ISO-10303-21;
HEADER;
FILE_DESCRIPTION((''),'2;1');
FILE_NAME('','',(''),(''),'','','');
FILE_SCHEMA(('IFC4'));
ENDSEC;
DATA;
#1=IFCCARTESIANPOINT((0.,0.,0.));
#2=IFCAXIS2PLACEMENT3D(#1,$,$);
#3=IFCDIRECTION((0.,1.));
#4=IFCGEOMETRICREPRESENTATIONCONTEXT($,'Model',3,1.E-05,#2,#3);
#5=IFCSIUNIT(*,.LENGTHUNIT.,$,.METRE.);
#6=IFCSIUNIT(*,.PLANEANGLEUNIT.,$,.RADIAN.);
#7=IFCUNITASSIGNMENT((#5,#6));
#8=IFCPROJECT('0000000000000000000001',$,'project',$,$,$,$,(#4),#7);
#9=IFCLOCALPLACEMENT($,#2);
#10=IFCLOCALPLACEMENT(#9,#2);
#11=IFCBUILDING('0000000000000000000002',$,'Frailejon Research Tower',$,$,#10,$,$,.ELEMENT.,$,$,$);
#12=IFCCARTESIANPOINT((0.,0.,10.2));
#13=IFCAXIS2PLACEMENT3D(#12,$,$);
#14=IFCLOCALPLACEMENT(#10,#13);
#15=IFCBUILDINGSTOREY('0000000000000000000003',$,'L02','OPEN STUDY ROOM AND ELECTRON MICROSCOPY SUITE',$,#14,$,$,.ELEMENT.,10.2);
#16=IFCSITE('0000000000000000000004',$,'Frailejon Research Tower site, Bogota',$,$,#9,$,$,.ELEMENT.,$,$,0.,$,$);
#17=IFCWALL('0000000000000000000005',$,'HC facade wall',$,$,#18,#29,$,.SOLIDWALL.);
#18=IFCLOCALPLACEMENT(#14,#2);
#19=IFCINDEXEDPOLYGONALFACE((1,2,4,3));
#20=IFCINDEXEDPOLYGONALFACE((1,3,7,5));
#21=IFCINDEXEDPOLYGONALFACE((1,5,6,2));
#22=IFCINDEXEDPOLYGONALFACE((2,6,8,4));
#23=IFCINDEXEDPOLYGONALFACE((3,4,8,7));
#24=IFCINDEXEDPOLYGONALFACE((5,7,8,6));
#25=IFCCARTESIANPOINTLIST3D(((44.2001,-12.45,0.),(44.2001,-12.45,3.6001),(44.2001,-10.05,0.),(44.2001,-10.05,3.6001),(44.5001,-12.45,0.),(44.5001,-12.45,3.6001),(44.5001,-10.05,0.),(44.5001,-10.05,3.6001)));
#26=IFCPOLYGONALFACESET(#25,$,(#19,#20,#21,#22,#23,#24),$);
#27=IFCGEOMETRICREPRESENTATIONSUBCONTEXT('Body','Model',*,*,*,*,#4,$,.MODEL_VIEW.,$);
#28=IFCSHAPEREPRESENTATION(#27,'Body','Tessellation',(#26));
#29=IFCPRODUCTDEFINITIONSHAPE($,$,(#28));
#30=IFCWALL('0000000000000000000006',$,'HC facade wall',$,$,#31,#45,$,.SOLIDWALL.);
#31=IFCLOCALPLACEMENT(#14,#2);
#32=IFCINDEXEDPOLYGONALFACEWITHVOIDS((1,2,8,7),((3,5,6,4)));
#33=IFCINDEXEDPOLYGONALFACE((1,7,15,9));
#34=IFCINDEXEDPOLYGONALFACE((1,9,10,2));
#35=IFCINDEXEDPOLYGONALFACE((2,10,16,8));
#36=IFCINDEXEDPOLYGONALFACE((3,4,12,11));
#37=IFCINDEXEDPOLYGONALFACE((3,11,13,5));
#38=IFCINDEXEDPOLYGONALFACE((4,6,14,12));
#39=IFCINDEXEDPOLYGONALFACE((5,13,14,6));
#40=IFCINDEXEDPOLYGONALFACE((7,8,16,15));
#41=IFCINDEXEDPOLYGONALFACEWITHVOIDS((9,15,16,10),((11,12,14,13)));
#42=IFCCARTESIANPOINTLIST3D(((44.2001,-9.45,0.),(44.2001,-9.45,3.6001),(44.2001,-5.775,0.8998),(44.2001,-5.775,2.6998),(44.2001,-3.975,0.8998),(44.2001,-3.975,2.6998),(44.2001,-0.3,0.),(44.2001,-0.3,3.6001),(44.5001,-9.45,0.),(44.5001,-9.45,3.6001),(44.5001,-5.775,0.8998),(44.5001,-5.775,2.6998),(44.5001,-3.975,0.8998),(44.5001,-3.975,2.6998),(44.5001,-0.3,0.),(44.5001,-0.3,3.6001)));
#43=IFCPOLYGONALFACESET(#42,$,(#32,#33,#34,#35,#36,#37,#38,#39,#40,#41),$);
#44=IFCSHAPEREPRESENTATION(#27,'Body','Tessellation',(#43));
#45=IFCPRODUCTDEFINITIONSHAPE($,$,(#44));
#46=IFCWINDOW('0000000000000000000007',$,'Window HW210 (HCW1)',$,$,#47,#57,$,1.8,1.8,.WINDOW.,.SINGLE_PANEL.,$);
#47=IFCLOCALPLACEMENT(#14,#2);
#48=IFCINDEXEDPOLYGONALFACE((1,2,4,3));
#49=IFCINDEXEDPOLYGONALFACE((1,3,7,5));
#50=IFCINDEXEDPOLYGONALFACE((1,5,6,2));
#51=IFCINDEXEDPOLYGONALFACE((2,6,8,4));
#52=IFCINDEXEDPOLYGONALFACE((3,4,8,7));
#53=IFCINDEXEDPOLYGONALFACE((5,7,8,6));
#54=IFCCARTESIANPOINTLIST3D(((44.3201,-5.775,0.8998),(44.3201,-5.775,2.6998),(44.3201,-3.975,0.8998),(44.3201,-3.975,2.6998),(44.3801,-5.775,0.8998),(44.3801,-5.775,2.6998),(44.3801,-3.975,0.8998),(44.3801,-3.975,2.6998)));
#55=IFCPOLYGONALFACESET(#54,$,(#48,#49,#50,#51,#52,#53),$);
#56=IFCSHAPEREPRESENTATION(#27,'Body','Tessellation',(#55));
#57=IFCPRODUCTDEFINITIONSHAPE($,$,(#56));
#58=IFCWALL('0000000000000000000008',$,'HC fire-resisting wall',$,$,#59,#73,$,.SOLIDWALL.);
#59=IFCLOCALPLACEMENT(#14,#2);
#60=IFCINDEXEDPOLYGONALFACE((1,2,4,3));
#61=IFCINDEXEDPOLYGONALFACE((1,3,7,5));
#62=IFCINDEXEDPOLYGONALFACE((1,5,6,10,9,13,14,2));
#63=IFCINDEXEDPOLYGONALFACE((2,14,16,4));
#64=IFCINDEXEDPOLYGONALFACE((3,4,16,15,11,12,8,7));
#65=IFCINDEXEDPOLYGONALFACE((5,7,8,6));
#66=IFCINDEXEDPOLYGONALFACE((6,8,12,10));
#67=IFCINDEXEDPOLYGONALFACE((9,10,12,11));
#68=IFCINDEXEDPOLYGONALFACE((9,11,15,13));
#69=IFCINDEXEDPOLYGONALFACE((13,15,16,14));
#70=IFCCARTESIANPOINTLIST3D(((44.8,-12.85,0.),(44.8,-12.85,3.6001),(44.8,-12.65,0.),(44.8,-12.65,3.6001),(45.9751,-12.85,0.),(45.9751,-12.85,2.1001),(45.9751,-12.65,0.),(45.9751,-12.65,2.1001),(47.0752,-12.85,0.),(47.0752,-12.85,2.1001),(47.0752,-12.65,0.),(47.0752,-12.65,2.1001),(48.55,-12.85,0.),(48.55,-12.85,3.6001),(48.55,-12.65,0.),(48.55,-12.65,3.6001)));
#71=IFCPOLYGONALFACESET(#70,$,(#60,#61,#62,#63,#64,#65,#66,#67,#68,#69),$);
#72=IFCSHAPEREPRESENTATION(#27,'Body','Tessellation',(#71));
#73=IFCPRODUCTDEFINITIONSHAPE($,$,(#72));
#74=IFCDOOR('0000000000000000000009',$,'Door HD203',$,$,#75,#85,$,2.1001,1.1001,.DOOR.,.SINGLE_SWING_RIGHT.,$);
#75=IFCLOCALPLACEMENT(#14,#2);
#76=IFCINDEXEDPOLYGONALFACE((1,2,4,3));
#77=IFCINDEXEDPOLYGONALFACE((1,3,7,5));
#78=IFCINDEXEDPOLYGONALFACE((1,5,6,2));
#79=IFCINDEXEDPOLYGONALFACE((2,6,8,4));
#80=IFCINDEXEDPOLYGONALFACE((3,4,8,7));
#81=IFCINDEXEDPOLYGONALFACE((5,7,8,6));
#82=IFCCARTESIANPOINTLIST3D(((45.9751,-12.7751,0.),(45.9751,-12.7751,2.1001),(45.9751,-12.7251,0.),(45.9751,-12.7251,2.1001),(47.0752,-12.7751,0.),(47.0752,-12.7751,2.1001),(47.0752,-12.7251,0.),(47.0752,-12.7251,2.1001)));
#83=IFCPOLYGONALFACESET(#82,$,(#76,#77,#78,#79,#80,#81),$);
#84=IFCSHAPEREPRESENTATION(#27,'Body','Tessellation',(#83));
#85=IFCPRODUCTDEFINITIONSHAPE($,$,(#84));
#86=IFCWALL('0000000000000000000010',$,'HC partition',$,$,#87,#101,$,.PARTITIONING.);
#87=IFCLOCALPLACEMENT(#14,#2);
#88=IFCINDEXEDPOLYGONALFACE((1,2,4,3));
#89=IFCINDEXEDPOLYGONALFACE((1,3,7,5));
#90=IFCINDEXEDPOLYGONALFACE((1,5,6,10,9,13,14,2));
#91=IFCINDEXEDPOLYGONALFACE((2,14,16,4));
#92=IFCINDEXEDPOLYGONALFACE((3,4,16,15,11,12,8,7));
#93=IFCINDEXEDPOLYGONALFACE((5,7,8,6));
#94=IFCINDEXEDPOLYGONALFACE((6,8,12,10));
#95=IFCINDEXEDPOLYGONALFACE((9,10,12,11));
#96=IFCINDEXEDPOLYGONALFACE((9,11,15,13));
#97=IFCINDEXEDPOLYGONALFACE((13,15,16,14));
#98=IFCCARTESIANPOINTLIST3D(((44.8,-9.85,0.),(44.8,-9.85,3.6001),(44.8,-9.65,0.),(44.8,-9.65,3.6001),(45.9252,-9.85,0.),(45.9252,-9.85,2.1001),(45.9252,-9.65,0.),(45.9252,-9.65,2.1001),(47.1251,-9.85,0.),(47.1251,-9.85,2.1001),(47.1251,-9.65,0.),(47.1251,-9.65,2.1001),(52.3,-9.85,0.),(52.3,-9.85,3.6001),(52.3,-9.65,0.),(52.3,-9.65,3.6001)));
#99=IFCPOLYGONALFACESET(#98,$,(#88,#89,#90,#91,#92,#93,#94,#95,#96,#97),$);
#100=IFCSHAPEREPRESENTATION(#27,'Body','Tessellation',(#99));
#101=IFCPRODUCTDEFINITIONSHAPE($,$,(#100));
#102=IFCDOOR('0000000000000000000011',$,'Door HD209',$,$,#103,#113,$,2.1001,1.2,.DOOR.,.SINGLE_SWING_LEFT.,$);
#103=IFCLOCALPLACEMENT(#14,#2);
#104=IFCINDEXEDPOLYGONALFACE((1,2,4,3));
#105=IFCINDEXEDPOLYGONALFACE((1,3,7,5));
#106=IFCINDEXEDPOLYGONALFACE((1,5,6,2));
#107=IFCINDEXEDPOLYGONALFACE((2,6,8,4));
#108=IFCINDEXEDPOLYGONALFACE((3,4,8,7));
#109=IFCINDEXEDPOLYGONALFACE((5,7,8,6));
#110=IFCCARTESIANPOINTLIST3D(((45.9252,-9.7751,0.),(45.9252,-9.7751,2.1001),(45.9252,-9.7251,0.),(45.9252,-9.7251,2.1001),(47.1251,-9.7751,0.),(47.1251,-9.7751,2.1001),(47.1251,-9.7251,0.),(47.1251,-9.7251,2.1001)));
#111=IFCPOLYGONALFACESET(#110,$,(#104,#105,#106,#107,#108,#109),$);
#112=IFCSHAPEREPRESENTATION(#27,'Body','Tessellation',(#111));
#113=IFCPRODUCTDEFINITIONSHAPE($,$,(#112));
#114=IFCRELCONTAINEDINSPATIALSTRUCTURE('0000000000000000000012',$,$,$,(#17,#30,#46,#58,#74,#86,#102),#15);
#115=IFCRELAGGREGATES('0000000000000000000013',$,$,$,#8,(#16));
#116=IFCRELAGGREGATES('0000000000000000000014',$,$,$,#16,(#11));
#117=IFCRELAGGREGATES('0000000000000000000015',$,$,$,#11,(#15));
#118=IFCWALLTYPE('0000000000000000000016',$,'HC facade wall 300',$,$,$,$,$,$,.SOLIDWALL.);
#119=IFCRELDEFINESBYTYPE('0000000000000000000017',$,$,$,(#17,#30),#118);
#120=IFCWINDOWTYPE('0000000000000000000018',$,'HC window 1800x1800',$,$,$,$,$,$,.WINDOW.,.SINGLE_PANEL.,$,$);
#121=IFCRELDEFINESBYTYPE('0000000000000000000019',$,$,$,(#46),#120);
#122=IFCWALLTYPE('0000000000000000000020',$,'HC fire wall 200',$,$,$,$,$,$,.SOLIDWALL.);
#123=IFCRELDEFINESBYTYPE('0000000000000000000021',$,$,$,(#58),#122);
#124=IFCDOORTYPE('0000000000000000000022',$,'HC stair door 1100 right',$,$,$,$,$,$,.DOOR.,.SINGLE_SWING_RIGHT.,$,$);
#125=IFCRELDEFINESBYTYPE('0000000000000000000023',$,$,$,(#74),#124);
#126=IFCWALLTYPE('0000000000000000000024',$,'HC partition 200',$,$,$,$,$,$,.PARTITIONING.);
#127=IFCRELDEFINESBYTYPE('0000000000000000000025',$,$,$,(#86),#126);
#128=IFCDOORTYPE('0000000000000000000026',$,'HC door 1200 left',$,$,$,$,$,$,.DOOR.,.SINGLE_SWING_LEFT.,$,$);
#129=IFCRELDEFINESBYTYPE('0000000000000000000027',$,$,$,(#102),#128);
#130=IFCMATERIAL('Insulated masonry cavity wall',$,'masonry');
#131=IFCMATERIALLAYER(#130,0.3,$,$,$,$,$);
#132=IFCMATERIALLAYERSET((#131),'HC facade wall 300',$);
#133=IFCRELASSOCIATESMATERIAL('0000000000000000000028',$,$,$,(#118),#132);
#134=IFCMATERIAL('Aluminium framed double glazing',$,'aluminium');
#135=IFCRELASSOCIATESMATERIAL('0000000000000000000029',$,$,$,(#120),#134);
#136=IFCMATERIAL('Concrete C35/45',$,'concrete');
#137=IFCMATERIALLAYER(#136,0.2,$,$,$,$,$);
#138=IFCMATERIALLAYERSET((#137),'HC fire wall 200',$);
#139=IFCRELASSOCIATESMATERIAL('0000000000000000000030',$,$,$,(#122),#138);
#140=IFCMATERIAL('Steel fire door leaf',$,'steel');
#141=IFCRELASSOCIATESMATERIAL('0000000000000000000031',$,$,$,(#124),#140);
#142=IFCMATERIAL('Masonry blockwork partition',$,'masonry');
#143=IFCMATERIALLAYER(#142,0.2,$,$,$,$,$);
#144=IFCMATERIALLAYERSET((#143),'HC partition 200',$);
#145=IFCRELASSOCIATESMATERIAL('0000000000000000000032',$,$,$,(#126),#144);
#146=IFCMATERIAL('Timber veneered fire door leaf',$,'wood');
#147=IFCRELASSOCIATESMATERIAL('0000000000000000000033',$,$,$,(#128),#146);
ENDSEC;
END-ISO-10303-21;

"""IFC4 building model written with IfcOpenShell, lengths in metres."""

from ifc_helpers import new_model, si_unit, direction, frame, frame_2d, origin, place, context, subcontext, project, spatial, rectangle, extrude, material, layer, layer_set, type_object, element, fill, save


model = new_model("IFC4")

# Units and contexts
model_context = context("Model", 3, precision=1e-05, world=origin(), true_north=direction((0.0, 1.0)))
body_context = subcontext(model_context, "Body", "Model", "MODEL_VIEW")
ifc_project = project(units=[si_unit("LENGTHUNIT", "METRE"), si_unit("PLANEANGLEUNIT", "RADIAN")], contexts=[model_context])

# Site, building, storey
site_placement = place(None, origin())
site = spatial("IfcSite", under=ifc_project, at=site_placement, Name="Frailejon Research Tower site, Bogota", CompositionType="ELEMENT", RefElevation=0.0)
building_placement = place(site_placement, origin())
building = spatial("IfcBuilding", under=site, at=building_placement, Name="Frailejon Research Tower", CompositionType="ELEMENT")
storey_placement = place(building_placement, frame((0.0, 0.0, 10.2)))
storey = spatial("IfcBuildingStorey", under=building, at=storey_placement, Name="L02", Description="OPEN STUDY ROOM AND ELECTRON MICROSCOPY SUITE", CompositionType="ELEMENT", Elevation=10.2)

# Wall
ifc_material_1 = material(Name="Insulated masonry cavity wall", Category="masonry")
ifc_layer_1 = layer(ifc_material_1, 0.3)
ifc_layer_set_1 = layer_set([ifc_layer_1], Name="HC facade wall 300")
wall_type_1 = type_object("IfcWallType", Name="HC facade wall 300", PredefinedType="SOLIDWALL", material=ifc_layer_set_1)
wall_1_placement = place(storey_placement, frame((44.3501, -12.45, 0.0), z_axis=(0.0, 0.0, 1.0), x_axis=(0.0, 1.0, 0.0)))
element("IfcWall", 1, at=wall_1_placement, inside=storey, type_object=wall_type_1, Name="HC facade wall", PredefinedType="SOLIDWALL", context=body_context, shape_type="SweptSolid", body=[
    extrude(rectangle(XDim=2.3999, YDim=0.3, at=frame_2d((1.2, 0.0))), origin(), (0.0, 0.0, 1.0), 3.6001),
])

# Wall, opening, window
wall_2_placement = place(storey_placement, frame((44.3501, -9.45, 0.0), z_axis=(0.0, 0.0, 1.0), x_axis=(0.0, 1.0, 0.0)))
wall_2 = element("IfcWall", 2, at=wall_2_placement, inside=storey, type_object=wall_type_1, Name="HC facade wall", PredefinedType="SOLIDWALL", context=body_context, shape_type="SweptSolid", body=[
    extrude(rectangle(XDim=9.1499, YDim=0.3, at=frame_2d((4.575, 0.0))), origin(), (0.0, 0.0, 1.0), 3.6001),
])
opening_1_placement = place(wall_2_placement, frame((3.675, 0.0, 0.8999)))
opening_1 = element("IfcOpeningElement", 3, at=opening_1_placement, cuts=wall_2, PredefinedType="OPENING", context=body_context, shape_type="SweptSolid", body=[
    extrude(rectangle(XDim=1.8, YDim=1.8, at=frame_2d((0.8999, 0.8999))), frame((0.0, 0.1599, 0.0), z_axis=(0.0, -1.0, 0.0), x_axis=(1.0, 0.0, 0.0)), (0.0, 0.0, 1.0), 0.3201),
])
ifc_material_2 = material(Name="Aluminium framed double glazing", Category="aluminium")
window_type = type_object("IfcWindowType", Name="HC window 1800x1800", PartitioningType="SINGLE_PANEL", PredefinedType="WINDOW", material=ifc_material_2)
window_placement = place(opening_1_placement, origin())
window = element("IfcWindow", 4, at=window_placement, inside=storey, type_object=window_type, Name="Window HW210 (HCW1)", OverallHeight=1.8, OverallWidth=1.8, PartitioningType="SINGLE_PANEL", PredefinedType="WINDOW", context=body_context, shape_type="SweptSolid", body=[
    extrude(rectangle(XDim=1.8, YDim=1.8, at=frame_2d((0.8999, 0.8999))), frame((0.0, 0.03, 0.0), z_axis=(0.0, -1.0, 0.0), x_axis=(1.0, 0.0, 0.0)), (0.0, 0.0, 1.0), 0.0601),
])
fill(opening_1, window)

# Walls, openings, doors
ifc_material_3 = material(Name="Concrete C35/45", Category="concrete")
ifc_layer_2 = layer(ifc_material_3, 0.2)
ifc_layer_set_2 = layer_set([ifc_layer_2], Name="HC fire wall 200")
wall_type_2 = type_object("IfcWallType", Name="HC fire wall 200", PredefinedType="SOLIDWALL", material=ifc_layer_set_2)
wall_3_placement = place(storey_placement, frame((44.8, -12.75, 0.0), z_axis=(0.0, 0.0, 1.0), x_axis=(1.0, 0.0, 0.0)))
wall_3 = element("IfcWall", 5, at=wall_3_placement, inside=storey, type_object=wall_type_2, Name="HC fire-resisting wall", PredefinedType="SOLIDWALL", context=body_context, shape_type="SweptSolid", body=[
    extrude(rectangle(XDim=3.75, YDim=0.2, at=frame_2d((1.875, 0.0))), origin(), (0.0, 0.0, 1.0), 3.6001),
])
opening_2_placement = place(wall_3_placement, frame((1.175, 0.0, 0.0)))
opening_2 = element("IfcOpeningElement", 6, at=opening_2_placement, cuts=wall_3, PredefinedType="OPENING", context=body_context, shape_type="SweptSolid", body=[
    extrude(rectangle(XDim=1.1001, YDim=2.1001, at=frame_2d((0.55, 1.05))), frame((0.0, 0.1099, 0.0), z_axis=(0.0, -1.0, 0.0), x_axis=(1.0, 0.0, 0.0)), (0.0, 0.0, 1.0), 0.22),
])
ifc_material_4 = material(Name="Steel fire door leaf", Category="steel")
door_type_1 = type_object("IfcDoorType", Name="HC stair door 1100 right", OperationType="SINGLE_SWING_RIGHT", PredefinedType="DOOR", material=ifc_material_4)
door_1_placement = place(opening_2_placement, origin())
door_1 = element("IfcDoor", 7, at=door_1_placement, inside=storey, type_object=door_type_1, Name="Door HD203", OperationType="SINGLE_SWING_RIGHT", OverallHeight=2.1001, OverallWidth=1.1001, PredefinedType="DOOR", context=body_context, shape_type="SweptSolid", body=[
    extrude(rectangle(XDim=1.1001, YDim=2.1001, at=frame_2d((0.55, 1.05))), frame((0.0, 0.0249, 0.0), z_axis=(0.0, -1.0, 0.0), x_axis=(1.0, 0.0, 0.0)), (0.0, 0.0, 1.0), 0.05),
])
fill(opening_2, door_1)
ifc_material_5 = material(Name="Masonry blockwork partition", Category="masonry")
ifc_layer_3 = layer(ifc_material_5, 0.2)
ifc_layer_set_3 = layer_set([ifc_layer_3], Name="HC partition 200")
wall_type_3 = type_object("IfcWallType", Name="HC partition 200", PredefinedType="PARTITIONING", material=ifc_layer_set_3)
wall_4_placement = place(storey_placement, frame((44.8, -9.75, 0.0), z_axis=(0.0, 0.0, 1.0), x_axis=(1.0, 0.0, 0.0)))
wall_4 = element("IfcWall", 8, at=wall_4_placement, inside=storey, type_object=wall_type_3, Name="HC partition", PredefinedType="PARTITIONING", context=body_context, shape_type="SweptSolid", body=[
    extrude(rectangle(XDim=7.5, YDim=0.2, at=frame_2d((3.75, 0.0))), origin(), (0.0, 0.0, 1.0), 3.6001),
])
opening_3_placement = place(wall_4_placement, frame((1.125, 0.0, 0.0)))
opening_3 = element("IfcOpeningElement", 9, at=opening_3_placement, cuts=wall_4, PredefinedType="OPENING", context=body_context, shape_type="SweptSolid", body=[
    extrude(rectangle(XDim=1.2, YDim=2.1001, at=frame_2d((0.6001, 1.05))), frame((0.0, 0.1099, 0.0), z_axis=(0.0, -1.0, 0.0), x_axis=(1.0, 0.0, 0.0)), (0.0, 0.0, 1.0), 0.22),
])
ifc_material_6 = material(Name="Timber veneered fire door leaf", Category="wood")
door_type_2 = type_object("IfcDoorType", Name="HC door 1200 left", OperationType="SINGLE_SWING_LEFT", PredefinedType="DOOR", material=ifc_material_6)
door_2_placement = place(opening_3_placement, origin())
door_2 = element("IfcDoor", 10, at=door_2_placement, inside=storey, type_object=door_type_2, Name="Door HD209", OperationType="SINGLE_SWING_LEFT", OverallHeight=2.1001, OverallWidth=1.2, PredefinedType="DOOR", context=body_context, shape_type="SweptSolid", body=[
    extrude(rectangle(XDim=1.2, YDim=2.1001, at=frame_2d((0.6001, 1.05))), frame((0.0, 0.0249, 0.0), z_axis=(0.0, -1.0, 0.0), x_axis=(1.0, 0.0, 0.0)), (0.0, 0.0, 1.0), 0.05),
])
fill(opening_3, door_2)

save(model, "model.ifc")
